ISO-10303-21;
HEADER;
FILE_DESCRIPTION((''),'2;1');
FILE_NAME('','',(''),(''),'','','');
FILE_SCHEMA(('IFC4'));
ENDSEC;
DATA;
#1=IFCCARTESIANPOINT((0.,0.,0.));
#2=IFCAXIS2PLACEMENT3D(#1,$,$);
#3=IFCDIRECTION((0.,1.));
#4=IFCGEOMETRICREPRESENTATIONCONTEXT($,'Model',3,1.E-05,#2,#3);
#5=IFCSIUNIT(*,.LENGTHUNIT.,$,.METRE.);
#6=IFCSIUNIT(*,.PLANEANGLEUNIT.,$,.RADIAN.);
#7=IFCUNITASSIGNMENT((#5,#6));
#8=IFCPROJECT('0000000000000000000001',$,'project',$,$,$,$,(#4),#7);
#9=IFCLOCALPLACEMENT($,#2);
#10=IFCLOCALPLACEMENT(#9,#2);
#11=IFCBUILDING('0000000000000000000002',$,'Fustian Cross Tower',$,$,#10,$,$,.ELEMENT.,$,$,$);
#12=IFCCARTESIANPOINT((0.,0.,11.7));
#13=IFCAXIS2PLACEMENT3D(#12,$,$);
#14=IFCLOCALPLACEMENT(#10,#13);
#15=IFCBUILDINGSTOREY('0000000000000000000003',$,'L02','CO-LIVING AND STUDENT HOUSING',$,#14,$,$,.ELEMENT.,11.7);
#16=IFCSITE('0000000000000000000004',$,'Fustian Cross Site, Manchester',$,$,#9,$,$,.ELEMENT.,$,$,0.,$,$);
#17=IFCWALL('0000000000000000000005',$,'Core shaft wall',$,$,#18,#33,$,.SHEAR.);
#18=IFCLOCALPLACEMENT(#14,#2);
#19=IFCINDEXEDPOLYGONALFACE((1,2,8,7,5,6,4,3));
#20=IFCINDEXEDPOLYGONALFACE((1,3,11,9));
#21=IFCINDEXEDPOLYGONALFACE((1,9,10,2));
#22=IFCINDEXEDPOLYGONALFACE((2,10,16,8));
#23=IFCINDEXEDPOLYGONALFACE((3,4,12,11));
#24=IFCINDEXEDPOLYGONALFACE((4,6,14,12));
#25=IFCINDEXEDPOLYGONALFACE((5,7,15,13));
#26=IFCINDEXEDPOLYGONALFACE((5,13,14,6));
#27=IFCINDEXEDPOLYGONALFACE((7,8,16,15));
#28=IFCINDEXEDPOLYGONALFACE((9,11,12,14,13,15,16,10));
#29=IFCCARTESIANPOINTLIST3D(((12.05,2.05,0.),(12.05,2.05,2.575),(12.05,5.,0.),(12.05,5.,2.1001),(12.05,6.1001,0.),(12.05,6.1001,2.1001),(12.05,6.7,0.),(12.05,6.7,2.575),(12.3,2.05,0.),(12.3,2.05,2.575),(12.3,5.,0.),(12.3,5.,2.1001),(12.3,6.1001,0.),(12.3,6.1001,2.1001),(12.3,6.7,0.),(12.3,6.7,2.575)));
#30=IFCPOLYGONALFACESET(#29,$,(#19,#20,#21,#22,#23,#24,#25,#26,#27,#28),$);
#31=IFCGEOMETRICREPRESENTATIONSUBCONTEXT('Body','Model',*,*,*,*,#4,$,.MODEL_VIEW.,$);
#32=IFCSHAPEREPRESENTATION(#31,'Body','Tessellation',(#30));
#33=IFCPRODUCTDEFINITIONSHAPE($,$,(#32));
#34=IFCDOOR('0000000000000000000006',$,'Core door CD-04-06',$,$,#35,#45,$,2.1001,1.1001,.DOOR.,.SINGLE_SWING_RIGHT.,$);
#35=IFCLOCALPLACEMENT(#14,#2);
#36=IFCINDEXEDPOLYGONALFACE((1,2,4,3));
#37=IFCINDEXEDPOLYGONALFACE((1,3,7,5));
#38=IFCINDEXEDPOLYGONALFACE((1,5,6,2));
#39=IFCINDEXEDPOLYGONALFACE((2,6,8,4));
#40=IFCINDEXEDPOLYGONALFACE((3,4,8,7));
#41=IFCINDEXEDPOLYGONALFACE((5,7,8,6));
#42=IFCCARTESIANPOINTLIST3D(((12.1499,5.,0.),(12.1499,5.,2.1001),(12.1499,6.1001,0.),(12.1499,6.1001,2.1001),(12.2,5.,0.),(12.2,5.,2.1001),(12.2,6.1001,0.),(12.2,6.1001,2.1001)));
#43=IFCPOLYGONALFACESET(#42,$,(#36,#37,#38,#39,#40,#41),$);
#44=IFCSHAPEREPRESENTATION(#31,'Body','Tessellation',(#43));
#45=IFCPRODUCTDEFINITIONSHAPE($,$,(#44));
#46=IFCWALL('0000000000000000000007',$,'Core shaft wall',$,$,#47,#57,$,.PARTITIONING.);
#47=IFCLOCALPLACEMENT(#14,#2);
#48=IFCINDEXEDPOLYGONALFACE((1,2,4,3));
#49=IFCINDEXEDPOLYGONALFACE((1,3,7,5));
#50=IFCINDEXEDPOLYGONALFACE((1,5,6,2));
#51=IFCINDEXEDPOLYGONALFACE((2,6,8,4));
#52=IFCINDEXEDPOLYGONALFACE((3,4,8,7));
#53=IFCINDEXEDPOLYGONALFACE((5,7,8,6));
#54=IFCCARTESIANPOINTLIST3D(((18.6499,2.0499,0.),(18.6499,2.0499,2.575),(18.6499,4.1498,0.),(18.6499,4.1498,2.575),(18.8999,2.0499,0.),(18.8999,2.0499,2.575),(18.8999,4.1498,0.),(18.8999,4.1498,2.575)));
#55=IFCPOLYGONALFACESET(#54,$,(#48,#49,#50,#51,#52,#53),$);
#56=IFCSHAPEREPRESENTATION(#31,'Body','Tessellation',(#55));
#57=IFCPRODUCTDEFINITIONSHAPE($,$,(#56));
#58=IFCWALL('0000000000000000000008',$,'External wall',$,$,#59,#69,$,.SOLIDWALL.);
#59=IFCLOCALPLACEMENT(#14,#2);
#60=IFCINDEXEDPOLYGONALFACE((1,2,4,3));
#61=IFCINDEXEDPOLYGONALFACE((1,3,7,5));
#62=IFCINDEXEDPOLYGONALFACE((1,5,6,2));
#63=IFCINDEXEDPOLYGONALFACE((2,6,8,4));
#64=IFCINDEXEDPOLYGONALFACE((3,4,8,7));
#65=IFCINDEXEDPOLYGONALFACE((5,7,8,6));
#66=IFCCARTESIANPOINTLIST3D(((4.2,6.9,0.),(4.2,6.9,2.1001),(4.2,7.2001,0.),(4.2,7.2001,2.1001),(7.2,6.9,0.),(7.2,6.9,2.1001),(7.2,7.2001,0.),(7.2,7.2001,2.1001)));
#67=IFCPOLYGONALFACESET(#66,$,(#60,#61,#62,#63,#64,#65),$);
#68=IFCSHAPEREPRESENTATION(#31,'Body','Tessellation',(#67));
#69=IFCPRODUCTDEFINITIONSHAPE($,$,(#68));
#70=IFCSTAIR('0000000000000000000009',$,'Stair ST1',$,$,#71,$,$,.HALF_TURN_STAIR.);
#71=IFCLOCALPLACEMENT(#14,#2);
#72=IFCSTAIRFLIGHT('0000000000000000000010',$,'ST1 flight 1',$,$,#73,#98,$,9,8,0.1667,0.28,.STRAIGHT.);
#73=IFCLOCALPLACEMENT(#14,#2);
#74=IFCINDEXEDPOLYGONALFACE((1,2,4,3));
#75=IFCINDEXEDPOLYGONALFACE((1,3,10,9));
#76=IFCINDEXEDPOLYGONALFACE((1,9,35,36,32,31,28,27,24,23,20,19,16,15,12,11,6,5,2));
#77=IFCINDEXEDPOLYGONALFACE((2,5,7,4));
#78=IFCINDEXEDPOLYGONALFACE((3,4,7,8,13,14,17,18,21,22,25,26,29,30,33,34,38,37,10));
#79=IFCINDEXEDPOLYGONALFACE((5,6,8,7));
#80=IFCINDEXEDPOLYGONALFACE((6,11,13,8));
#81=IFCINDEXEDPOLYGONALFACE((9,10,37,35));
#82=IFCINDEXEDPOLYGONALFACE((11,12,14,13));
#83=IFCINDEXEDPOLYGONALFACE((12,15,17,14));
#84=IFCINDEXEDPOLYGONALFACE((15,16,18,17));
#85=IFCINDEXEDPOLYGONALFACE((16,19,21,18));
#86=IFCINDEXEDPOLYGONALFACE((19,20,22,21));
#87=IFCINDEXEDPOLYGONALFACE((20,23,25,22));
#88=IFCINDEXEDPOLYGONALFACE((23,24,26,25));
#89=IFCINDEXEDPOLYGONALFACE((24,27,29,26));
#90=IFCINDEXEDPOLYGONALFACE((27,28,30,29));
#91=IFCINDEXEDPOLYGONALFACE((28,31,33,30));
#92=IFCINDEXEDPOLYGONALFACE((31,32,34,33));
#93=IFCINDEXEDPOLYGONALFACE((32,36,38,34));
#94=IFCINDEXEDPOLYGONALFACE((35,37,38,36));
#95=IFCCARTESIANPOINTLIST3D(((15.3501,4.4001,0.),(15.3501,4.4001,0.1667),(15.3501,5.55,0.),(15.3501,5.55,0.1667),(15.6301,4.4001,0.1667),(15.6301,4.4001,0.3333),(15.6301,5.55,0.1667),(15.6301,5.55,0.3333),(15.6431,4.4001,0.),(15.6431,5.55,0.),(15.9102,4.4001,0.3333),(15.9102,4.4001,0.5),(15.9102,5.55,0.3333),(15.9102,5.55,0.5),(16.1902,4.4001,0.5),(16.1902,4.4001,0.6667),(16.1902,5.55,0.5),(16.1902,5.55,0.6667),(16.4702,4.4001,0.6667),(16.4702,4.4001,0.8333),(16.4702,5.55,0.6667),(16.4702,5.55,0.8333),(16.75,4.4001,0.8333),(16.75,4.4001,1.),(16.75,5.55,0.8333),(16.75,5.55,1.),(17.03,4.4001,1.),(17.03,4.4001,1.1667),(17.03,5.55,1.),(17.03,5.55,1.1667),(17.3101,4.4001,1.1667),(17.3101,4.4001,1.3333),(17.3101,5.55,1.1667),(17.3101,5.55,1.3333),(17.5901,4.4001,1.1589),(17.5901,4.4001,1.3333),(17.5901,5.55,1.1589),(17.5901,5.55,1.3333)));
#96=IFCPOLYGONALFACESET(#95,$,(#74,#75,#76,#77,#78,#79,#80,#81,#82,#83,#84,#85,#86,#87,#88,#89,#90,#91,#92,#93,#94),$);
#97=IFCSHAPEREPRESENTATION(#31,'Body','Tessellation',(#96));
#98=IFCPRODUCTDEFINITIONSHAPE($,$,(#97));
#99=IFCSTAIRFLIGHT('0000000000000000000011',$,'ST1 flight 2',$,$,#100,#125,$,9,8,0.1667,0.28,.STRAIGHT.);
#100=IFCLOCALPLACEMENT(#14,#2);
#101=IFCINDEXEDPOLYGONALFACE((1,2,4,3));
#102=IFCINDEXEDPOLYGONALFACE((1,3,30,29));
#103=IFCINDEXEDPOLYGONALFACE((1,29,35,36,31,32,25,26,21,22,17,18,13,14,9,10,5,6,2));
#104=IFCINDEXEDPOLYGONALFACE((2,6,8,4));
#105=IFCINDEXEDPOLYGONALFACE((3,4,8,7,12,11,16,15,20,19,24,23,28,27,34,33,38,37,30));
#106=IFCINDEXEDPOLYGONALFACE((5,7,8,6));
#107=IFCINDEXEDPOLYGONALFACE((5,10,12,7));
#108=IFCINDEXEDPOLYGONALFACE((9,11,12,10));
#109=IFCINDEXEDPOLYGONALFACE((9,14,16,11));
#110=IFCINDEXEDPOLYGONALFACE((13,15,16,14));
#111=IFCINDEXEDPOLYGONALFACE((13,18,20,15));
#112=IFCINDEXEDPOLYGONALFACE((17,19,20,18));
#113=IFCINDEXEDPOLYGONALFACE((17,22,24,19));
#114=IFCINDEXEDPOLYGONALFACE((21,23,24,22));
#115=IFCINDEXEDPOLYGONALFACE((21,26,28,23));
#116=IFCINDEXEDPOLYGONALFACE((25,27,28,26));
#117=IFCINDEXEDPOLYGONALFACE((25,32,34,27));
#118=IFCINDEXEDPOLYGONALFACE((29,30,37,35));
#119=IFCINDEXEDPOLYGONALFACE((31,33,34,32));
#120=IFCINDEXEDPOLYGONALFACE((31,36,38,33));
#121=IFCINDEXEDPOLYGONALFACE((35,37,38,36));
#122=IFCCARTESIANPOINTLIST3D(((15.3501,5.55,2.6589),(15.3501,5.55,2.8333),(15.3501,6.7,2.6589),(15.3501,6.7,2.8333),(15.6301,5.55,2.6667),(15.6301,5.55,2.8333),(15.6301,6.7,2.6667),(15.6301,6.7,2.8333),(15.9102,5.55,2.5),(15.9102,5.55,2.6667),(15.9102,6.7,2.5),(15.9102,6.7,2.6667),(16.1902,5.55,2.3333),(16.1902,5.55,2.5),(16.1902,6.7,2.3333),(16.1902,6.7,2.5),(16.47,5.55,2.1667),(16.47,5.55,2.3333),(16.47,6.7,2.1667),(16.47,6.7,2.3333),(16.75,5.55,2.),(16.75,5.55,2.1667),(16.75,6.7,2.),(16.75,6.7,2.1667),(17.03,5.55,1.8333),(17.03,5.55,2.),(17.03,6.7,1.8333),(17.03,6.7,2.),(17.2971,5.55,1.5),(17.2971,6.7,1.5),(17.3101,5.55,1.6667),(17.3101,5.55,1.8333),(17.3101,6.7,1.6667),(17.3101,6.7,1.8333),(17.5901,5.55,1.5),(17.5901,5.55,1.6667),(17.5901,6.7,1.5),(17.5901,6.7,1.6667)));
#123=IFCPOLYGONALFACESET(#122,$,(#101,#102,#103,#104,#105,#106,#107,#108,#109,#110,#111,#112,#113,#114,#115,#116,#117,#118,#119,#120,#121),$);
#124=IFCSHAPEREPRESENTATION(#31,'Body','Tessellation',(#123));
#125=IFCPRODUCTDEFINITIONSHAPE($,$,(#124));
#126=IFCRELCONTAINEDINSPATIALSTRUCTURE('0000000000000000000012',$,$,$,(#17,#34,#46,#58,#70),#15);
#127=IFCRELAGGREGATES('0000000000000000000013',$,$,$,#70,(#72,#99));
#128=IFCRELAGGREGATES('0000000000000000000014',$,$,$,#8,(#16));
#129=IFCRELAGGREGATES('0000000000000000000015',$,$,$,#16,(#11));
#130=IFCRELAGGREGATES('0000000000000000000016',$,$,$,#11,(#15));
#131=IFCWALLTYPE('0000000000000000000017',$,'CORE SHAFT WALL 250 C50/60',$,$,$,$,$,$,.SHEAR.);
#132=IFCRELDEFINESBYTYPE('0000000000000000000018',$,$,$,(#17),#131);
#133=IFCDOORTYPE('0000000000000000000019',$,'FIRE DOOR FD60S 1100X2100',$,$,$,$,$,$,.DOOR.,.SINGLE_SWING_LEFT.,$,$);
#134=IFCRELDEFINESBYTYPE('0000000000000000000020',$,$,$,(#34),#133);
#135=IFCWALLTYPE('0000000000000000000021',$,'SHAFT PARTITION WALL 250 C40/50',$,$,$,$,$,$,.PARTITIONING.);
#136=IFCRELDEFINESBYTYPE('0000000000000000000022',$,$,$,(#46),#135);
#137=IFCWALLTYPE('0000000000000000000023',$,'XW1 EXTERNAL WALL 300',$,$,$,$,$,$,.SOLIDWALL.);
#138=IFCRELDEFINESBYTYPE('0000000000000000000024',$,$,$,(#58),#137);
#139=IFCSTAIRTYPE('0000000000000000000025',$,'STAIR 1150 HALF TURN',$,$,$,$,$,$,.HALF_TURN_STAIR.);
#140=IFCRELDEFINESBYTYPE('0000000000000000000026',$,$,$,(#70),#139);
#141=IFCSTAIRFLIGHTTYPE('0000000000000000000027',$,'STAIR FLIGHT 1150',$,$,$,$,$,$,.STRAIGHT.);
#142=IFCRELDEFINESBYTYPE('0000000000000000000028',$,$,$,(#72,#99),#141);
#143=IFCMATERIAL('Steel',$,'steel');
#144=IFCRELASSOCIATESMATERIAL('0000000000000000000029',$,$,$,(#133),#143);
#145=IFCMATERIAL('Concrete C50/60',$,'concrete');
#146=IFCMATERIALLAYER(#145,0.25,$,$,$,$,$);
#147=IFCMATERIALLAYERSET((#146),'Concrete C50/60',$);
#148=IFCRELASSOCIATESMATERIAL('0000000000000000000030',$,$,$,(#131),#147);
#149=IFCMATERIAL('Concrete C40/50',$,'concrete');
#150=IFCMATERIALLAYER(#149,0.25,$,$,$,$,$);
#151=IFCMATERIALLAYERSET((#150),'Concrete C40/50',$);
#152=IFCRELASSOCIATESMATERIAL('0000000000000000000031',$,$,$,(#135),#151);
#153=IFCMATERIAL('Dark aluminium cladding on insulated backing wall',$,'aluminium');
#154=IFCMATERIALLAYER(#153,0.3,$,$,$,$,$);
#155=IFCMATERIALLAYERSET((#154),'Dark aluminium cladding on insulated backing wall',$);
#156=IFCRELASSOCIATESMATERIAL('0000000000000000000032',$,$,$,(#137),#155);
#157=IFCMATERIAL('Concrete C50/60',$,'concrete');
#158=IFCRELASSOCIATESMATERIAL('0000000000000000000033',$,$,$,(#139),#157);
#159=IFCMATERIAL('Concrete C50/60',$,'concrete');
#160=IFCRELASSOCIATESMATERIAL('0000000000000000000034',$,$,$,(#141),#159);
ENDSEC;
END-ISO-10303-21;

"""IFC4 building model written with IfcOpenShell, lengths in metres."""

from ifc_helpers import new_model, si_unit, direction, frame, frame_2d, origin, place, context, subcontext, project, spatial, polyline, rectangle, outline, extrude, material, layer, layer_set, type_object, element, fill, aggregate, save


model = new_model("IFC4")

# Units and contexts
model_context = context("Model", 3, precision=1e-05, world=origin(), true_north=direction((0.0, 1.0)))
body_context = subcontext(model_context, "Body", "Model", "MODEL_VIEW")
ifc_project = project(units=[si_unit("LENGTHUNIT", "METRE"), si_unit("PLANEANGLEUNIT", "RADIAN")], contexts=[model_context])

# Site, building, storey
site_placement = place(None, origin())
site = spatial("IfcSite", under=ifc_project, at=site_placement, Name="Fustian Cross Site, Manchester", CompositionType="ELEMENT", RefElevation=0.0)
building_placement = place(site_placement, origin())
building = spatial("IfcBuilding", under=site, at=building_placement, Name="Fustian Cross Tower", CompositionType="ELEMENT")
storey_placement = place(building_placement, frame((0.0, 0.0, 11.7)))
storey = spatial("IfcBuildingStorey", under=building, at=storey_placement, Name="L02", Description="CO-LIVING AND STUDENT HOUSING", CompositionType="ELEMENT", Elevation=11.7)

# Shared definitions
ifc_material_1 = material(Name="Steel", Category="steel")
door_type_1 = type_object("IfcDoorType", Name="FIRE DOOR FD60S 1100X2100", OperationType="SINGLE_SWING_LEFT", PredefinedType="DOOR", material=ifc_material_1)

# Shared definitions
ifc_material_2 = material(Name="Concrete C50/60", Category="concrete")
ifc_layer_1 = layer(ifc_material_2, 0.25)
ifc_layer_set_1 = layer_set([ifc_layer_1], Name="Concrete C50/60")
wall_type_1 = type_object("IfcWallType", Name="CORE SHAFT WALL 250 C50/60", PredefinedType="SHEAR", material=ifc_layer_set_1)

# Wall, opening, door
wall_1_placement = place(storey_placement, frame((12.175, 2.05, 0.0), z_axis=(0.0, 0.0, 1.0), x_axis=(0.0, 1.0, 0.0)))
wall_1 = element("IfcWall", 1, at=wall_1_placement, inside=storey, type_object=wall_type_1, Name="Core shaft wall", PredefinedType="SHEAR", context=body_context, shape_type="SweptSolid", body=[
    extrude(rectangle(XDim=4.6499, YDim=0.25, at=frame_2d((2.325, 0.0))), origin(), (0.0, 0.0, 1.0), 2.575),
])
opening_1_placement = place(wall_1_placement, frame((2.95, 0.0, 0.0)))
opening_1 = element("IfcOpeningElement", 2, at=opening_1_placement, cuts=wall_1, PredefinedType="OPENING", context=body_context, shape_type="SweptSolid", body=[
    extrude(rectangle(XDim=1.1001, YDim=2.1001, at=frame_2d((0.55, 1.05))), frame((0.0, 0.135, 0.0), z_axis=(0.0, -1.0, 0.0), x_axis=(1.0, 0.0, 0.0)), (0.0, 0.0, 1.0), 0.27),
])
door_1_placement = place(opening_1_placement, frame((1.1001, 0.0, 0.0), z_axis=(0.0, 0.0, 1.0), x_axis=(-1.0, 0.0, 0.0)))
door_1 = element("IfcDoor", 3, at=door_1_placement, inside=storey, type_object=door_type_1, Name="Core door CD-04-06", OperationType="SINGLE_SWING_RIGHT", OverallHeight=2.1001, OverallWidth=1.1001, PredefinedType="DOOR", context=body_context, shape_type="SweptSolid", body=[
    extrude(rectangle(XDim=1.1001, YDim=2.1001, at=frame_2d((0.55, 1.05))), frame((0.0, 0.0249, 0.0), z_axis=(0.0, -1.0, 0.0), x_axis=(1.0, 0.0, 0.0)), (0.0, 0.0, 1.0), 0.05),
])
fill(opening_1, door_1)

# Walls
ifc_material_3 = material(Name="Concrete C40/50", Category="concrete")
ifc_layer_2 = layer(ifc_material_3, 0.25)
ifc_layer_set_2 = layer_set([ifc_layer_2], Name="Concrete C40/50")
wall_type_2 = type_object("IfcWallType", Name="SHAFT PARTITION WALL 250 C40/50", PredefinedType="PARTITIONING", material=ifc_layer_set_2)
wall_2_placement = place(storey_placement, frame((18.7749, 2.05, 0.0), z_axis=(0.0, 0.0, 1.0), x_axis=(0.0, 1.0, 0.0)))
element("IfcWall", 4, at=wall_2_placement, inside=storey, type_object=wall_type_2, Name="Core shaft wall", PredefinedType="PARTITIONING", context=body_context, shape_type="SweptSolid", body=[
    extrude(rectangle(XDim=2.0999, YDim=0.25, at=frame_2d((1.0498, 0.0))), origin(), (0.0, 0.0, 1.0), 2.575),
])
ifc_material_4 = material(Name="Dark aluminium cladding on insulated backing wall", Category="aluminium")
ifc_layer_3 = layer(ifc_material_4, 0.3)
ifc_layer_set_3 = layer_set([ifc_layer_3], Name="Dark aluminium cladding on insulated backing wall")
wall_type_3 = type_object("IfcWallType", Name="XW1 EXTERNAL WALL 300", PredefinedType="SOLIDWALL", material=ifc_layer_set_3)
wall_3_placement = place(storey_placement, frame((7.2, 7.05, 0.0), z_axis=(0.0, 0.0, 1.0), x_axis=(-1.0, 0.0, 0.0)))
element("IfcWall", 5, at=wall_3_placement, inside=storey, type_object=wall_type_3, Name="External wall", PredefinedType="SOLIDWALL", context=body_context, shape_type="SweptSolid", body=[
    extrude(rectangle(XDim=3.0, YDim=0.3, at=frame_2d((1.5, 0.0))), origin(), (0.0, 0.0, 1.0), 2.1001),
])

# Stair, stair flights
ifc_material_5 = material(Name="Concrete C50/60", Category="concrete")
stair_type = type_object("IfcStairType", Name="STAIR 1150 HALF TURN", PredefinedType="HALF_TURN_STAIR", material=ifc_material_5)
stair_placement = place(storey_placement, origin())
stair = element("IfcStair", 6, at=stair_placement, inside=storey, type_object=stair_type, Name="Stair ST1", PredefinedType="HALF_TURN_STAIR")
ifc_material_6 = material(Name="Concrete C50/60", Category="concrete")
stair_flight_type = type_object("IfcStairFlightType", Name="STAIR FLIGHT 1150", PredefinedType="STRAIGHT", material=ifc_material_6)
stair_flight_1_placement = place(storey_placement, frame((15.3501, 4.9751, 0.0), z_axis=(0.0, 0.0, 1.0), x_axis=(1.0, 0.0, 0.0)))
stair_flight_1 = element("IfcStairFlight", 7, at=stair_flight_1_placement, type_object=stair_flight_type, Name="ST1 flight 1", NumberOfRisers=9, NumberOfTreads=8, PredefinedType="STRAIGHT", RiserHeight=0.1667, TreadLength=0.28, context=body_context, shape_type="SweptSolid", body=[
    extrude(outline(polyline([(0.0, 0.0), (0.0, 0.1667), (0.28, 0.1667), (0.28, 0.3333), (0.5601, 0.3333), (0.5601, 0.5), (0.8401, 0.5), (0.8401, 0.6667), (1.1201, 0.6667), (1.1201, 0.8333), (1.3999, 0.8333), (1.3999, 1.0), (1.6799, 1.0), (1.6799, 1.1667), (1.96, 1.1667), (1.96, 1.3333), (2.24, 1.3333), (2.24, 1.5), (2.24, 1.1589), (0.293, 0.0), (0.0, 0.0)])), frame((0.0, 0.575, 0.0), z_axis=(0.0, -1.0, 0.0), x_axis=(1.0, 0.0, 0.0)), (0.0, 0.0, 1.0), 1.1499),
])
stair_flight_2_placement = place(storey_placement, frame((17.5901, 6.125, 1.5), z_axis=(0.0, 0.0, 1.0), x_axis=(-1.0, 0.0, 0.0)))
stair_flight_2 = element("IfcStairFlight", 8, at=stair_flight_2_placement, type_object=stair_flight_type, Name="ST1 flight 2", NumberOfRisers=9, NumberOfTreads=8, PredefinedType="STRAIGHT", RiserHeight=0.1667, TreadLength=0.28, context=body_context, shape_type="SweptSolid", body=[
    extrude(outline(polyline([(0.0, 0.0), (0.0, 0.1667), (0.28, 0.1667), (0.28, 0.3333), (0.5601, 0.3333), (0.5601, 0.5), (0.8401, 0.5), (0.8401, 0.6667), (1.1201, 0.6667), (1.1201, 0.8333), (1.3999, 0.8333), (1.3999, 1.0), (1.6799, 1.0), (1.6799, 1.1667), (1.96, 1.1667), (1.96, 1.3333), (2.24, 1.3333), (2.24, 1.5), (2.24, 1.1589), (0.293, 0.0), (0.0, 0.0)])), frame((0.0, 0.575, 0.0), z_axis=(0.0, -1.0, 0.0), x_axis=(1.0, 0.0, 0.0)), (0.0, 0.0, 1.0), 1.1499),
])
aggregate(stair, [stair_flight_1, stair_flight_2])

save(model, "model.ifc")
